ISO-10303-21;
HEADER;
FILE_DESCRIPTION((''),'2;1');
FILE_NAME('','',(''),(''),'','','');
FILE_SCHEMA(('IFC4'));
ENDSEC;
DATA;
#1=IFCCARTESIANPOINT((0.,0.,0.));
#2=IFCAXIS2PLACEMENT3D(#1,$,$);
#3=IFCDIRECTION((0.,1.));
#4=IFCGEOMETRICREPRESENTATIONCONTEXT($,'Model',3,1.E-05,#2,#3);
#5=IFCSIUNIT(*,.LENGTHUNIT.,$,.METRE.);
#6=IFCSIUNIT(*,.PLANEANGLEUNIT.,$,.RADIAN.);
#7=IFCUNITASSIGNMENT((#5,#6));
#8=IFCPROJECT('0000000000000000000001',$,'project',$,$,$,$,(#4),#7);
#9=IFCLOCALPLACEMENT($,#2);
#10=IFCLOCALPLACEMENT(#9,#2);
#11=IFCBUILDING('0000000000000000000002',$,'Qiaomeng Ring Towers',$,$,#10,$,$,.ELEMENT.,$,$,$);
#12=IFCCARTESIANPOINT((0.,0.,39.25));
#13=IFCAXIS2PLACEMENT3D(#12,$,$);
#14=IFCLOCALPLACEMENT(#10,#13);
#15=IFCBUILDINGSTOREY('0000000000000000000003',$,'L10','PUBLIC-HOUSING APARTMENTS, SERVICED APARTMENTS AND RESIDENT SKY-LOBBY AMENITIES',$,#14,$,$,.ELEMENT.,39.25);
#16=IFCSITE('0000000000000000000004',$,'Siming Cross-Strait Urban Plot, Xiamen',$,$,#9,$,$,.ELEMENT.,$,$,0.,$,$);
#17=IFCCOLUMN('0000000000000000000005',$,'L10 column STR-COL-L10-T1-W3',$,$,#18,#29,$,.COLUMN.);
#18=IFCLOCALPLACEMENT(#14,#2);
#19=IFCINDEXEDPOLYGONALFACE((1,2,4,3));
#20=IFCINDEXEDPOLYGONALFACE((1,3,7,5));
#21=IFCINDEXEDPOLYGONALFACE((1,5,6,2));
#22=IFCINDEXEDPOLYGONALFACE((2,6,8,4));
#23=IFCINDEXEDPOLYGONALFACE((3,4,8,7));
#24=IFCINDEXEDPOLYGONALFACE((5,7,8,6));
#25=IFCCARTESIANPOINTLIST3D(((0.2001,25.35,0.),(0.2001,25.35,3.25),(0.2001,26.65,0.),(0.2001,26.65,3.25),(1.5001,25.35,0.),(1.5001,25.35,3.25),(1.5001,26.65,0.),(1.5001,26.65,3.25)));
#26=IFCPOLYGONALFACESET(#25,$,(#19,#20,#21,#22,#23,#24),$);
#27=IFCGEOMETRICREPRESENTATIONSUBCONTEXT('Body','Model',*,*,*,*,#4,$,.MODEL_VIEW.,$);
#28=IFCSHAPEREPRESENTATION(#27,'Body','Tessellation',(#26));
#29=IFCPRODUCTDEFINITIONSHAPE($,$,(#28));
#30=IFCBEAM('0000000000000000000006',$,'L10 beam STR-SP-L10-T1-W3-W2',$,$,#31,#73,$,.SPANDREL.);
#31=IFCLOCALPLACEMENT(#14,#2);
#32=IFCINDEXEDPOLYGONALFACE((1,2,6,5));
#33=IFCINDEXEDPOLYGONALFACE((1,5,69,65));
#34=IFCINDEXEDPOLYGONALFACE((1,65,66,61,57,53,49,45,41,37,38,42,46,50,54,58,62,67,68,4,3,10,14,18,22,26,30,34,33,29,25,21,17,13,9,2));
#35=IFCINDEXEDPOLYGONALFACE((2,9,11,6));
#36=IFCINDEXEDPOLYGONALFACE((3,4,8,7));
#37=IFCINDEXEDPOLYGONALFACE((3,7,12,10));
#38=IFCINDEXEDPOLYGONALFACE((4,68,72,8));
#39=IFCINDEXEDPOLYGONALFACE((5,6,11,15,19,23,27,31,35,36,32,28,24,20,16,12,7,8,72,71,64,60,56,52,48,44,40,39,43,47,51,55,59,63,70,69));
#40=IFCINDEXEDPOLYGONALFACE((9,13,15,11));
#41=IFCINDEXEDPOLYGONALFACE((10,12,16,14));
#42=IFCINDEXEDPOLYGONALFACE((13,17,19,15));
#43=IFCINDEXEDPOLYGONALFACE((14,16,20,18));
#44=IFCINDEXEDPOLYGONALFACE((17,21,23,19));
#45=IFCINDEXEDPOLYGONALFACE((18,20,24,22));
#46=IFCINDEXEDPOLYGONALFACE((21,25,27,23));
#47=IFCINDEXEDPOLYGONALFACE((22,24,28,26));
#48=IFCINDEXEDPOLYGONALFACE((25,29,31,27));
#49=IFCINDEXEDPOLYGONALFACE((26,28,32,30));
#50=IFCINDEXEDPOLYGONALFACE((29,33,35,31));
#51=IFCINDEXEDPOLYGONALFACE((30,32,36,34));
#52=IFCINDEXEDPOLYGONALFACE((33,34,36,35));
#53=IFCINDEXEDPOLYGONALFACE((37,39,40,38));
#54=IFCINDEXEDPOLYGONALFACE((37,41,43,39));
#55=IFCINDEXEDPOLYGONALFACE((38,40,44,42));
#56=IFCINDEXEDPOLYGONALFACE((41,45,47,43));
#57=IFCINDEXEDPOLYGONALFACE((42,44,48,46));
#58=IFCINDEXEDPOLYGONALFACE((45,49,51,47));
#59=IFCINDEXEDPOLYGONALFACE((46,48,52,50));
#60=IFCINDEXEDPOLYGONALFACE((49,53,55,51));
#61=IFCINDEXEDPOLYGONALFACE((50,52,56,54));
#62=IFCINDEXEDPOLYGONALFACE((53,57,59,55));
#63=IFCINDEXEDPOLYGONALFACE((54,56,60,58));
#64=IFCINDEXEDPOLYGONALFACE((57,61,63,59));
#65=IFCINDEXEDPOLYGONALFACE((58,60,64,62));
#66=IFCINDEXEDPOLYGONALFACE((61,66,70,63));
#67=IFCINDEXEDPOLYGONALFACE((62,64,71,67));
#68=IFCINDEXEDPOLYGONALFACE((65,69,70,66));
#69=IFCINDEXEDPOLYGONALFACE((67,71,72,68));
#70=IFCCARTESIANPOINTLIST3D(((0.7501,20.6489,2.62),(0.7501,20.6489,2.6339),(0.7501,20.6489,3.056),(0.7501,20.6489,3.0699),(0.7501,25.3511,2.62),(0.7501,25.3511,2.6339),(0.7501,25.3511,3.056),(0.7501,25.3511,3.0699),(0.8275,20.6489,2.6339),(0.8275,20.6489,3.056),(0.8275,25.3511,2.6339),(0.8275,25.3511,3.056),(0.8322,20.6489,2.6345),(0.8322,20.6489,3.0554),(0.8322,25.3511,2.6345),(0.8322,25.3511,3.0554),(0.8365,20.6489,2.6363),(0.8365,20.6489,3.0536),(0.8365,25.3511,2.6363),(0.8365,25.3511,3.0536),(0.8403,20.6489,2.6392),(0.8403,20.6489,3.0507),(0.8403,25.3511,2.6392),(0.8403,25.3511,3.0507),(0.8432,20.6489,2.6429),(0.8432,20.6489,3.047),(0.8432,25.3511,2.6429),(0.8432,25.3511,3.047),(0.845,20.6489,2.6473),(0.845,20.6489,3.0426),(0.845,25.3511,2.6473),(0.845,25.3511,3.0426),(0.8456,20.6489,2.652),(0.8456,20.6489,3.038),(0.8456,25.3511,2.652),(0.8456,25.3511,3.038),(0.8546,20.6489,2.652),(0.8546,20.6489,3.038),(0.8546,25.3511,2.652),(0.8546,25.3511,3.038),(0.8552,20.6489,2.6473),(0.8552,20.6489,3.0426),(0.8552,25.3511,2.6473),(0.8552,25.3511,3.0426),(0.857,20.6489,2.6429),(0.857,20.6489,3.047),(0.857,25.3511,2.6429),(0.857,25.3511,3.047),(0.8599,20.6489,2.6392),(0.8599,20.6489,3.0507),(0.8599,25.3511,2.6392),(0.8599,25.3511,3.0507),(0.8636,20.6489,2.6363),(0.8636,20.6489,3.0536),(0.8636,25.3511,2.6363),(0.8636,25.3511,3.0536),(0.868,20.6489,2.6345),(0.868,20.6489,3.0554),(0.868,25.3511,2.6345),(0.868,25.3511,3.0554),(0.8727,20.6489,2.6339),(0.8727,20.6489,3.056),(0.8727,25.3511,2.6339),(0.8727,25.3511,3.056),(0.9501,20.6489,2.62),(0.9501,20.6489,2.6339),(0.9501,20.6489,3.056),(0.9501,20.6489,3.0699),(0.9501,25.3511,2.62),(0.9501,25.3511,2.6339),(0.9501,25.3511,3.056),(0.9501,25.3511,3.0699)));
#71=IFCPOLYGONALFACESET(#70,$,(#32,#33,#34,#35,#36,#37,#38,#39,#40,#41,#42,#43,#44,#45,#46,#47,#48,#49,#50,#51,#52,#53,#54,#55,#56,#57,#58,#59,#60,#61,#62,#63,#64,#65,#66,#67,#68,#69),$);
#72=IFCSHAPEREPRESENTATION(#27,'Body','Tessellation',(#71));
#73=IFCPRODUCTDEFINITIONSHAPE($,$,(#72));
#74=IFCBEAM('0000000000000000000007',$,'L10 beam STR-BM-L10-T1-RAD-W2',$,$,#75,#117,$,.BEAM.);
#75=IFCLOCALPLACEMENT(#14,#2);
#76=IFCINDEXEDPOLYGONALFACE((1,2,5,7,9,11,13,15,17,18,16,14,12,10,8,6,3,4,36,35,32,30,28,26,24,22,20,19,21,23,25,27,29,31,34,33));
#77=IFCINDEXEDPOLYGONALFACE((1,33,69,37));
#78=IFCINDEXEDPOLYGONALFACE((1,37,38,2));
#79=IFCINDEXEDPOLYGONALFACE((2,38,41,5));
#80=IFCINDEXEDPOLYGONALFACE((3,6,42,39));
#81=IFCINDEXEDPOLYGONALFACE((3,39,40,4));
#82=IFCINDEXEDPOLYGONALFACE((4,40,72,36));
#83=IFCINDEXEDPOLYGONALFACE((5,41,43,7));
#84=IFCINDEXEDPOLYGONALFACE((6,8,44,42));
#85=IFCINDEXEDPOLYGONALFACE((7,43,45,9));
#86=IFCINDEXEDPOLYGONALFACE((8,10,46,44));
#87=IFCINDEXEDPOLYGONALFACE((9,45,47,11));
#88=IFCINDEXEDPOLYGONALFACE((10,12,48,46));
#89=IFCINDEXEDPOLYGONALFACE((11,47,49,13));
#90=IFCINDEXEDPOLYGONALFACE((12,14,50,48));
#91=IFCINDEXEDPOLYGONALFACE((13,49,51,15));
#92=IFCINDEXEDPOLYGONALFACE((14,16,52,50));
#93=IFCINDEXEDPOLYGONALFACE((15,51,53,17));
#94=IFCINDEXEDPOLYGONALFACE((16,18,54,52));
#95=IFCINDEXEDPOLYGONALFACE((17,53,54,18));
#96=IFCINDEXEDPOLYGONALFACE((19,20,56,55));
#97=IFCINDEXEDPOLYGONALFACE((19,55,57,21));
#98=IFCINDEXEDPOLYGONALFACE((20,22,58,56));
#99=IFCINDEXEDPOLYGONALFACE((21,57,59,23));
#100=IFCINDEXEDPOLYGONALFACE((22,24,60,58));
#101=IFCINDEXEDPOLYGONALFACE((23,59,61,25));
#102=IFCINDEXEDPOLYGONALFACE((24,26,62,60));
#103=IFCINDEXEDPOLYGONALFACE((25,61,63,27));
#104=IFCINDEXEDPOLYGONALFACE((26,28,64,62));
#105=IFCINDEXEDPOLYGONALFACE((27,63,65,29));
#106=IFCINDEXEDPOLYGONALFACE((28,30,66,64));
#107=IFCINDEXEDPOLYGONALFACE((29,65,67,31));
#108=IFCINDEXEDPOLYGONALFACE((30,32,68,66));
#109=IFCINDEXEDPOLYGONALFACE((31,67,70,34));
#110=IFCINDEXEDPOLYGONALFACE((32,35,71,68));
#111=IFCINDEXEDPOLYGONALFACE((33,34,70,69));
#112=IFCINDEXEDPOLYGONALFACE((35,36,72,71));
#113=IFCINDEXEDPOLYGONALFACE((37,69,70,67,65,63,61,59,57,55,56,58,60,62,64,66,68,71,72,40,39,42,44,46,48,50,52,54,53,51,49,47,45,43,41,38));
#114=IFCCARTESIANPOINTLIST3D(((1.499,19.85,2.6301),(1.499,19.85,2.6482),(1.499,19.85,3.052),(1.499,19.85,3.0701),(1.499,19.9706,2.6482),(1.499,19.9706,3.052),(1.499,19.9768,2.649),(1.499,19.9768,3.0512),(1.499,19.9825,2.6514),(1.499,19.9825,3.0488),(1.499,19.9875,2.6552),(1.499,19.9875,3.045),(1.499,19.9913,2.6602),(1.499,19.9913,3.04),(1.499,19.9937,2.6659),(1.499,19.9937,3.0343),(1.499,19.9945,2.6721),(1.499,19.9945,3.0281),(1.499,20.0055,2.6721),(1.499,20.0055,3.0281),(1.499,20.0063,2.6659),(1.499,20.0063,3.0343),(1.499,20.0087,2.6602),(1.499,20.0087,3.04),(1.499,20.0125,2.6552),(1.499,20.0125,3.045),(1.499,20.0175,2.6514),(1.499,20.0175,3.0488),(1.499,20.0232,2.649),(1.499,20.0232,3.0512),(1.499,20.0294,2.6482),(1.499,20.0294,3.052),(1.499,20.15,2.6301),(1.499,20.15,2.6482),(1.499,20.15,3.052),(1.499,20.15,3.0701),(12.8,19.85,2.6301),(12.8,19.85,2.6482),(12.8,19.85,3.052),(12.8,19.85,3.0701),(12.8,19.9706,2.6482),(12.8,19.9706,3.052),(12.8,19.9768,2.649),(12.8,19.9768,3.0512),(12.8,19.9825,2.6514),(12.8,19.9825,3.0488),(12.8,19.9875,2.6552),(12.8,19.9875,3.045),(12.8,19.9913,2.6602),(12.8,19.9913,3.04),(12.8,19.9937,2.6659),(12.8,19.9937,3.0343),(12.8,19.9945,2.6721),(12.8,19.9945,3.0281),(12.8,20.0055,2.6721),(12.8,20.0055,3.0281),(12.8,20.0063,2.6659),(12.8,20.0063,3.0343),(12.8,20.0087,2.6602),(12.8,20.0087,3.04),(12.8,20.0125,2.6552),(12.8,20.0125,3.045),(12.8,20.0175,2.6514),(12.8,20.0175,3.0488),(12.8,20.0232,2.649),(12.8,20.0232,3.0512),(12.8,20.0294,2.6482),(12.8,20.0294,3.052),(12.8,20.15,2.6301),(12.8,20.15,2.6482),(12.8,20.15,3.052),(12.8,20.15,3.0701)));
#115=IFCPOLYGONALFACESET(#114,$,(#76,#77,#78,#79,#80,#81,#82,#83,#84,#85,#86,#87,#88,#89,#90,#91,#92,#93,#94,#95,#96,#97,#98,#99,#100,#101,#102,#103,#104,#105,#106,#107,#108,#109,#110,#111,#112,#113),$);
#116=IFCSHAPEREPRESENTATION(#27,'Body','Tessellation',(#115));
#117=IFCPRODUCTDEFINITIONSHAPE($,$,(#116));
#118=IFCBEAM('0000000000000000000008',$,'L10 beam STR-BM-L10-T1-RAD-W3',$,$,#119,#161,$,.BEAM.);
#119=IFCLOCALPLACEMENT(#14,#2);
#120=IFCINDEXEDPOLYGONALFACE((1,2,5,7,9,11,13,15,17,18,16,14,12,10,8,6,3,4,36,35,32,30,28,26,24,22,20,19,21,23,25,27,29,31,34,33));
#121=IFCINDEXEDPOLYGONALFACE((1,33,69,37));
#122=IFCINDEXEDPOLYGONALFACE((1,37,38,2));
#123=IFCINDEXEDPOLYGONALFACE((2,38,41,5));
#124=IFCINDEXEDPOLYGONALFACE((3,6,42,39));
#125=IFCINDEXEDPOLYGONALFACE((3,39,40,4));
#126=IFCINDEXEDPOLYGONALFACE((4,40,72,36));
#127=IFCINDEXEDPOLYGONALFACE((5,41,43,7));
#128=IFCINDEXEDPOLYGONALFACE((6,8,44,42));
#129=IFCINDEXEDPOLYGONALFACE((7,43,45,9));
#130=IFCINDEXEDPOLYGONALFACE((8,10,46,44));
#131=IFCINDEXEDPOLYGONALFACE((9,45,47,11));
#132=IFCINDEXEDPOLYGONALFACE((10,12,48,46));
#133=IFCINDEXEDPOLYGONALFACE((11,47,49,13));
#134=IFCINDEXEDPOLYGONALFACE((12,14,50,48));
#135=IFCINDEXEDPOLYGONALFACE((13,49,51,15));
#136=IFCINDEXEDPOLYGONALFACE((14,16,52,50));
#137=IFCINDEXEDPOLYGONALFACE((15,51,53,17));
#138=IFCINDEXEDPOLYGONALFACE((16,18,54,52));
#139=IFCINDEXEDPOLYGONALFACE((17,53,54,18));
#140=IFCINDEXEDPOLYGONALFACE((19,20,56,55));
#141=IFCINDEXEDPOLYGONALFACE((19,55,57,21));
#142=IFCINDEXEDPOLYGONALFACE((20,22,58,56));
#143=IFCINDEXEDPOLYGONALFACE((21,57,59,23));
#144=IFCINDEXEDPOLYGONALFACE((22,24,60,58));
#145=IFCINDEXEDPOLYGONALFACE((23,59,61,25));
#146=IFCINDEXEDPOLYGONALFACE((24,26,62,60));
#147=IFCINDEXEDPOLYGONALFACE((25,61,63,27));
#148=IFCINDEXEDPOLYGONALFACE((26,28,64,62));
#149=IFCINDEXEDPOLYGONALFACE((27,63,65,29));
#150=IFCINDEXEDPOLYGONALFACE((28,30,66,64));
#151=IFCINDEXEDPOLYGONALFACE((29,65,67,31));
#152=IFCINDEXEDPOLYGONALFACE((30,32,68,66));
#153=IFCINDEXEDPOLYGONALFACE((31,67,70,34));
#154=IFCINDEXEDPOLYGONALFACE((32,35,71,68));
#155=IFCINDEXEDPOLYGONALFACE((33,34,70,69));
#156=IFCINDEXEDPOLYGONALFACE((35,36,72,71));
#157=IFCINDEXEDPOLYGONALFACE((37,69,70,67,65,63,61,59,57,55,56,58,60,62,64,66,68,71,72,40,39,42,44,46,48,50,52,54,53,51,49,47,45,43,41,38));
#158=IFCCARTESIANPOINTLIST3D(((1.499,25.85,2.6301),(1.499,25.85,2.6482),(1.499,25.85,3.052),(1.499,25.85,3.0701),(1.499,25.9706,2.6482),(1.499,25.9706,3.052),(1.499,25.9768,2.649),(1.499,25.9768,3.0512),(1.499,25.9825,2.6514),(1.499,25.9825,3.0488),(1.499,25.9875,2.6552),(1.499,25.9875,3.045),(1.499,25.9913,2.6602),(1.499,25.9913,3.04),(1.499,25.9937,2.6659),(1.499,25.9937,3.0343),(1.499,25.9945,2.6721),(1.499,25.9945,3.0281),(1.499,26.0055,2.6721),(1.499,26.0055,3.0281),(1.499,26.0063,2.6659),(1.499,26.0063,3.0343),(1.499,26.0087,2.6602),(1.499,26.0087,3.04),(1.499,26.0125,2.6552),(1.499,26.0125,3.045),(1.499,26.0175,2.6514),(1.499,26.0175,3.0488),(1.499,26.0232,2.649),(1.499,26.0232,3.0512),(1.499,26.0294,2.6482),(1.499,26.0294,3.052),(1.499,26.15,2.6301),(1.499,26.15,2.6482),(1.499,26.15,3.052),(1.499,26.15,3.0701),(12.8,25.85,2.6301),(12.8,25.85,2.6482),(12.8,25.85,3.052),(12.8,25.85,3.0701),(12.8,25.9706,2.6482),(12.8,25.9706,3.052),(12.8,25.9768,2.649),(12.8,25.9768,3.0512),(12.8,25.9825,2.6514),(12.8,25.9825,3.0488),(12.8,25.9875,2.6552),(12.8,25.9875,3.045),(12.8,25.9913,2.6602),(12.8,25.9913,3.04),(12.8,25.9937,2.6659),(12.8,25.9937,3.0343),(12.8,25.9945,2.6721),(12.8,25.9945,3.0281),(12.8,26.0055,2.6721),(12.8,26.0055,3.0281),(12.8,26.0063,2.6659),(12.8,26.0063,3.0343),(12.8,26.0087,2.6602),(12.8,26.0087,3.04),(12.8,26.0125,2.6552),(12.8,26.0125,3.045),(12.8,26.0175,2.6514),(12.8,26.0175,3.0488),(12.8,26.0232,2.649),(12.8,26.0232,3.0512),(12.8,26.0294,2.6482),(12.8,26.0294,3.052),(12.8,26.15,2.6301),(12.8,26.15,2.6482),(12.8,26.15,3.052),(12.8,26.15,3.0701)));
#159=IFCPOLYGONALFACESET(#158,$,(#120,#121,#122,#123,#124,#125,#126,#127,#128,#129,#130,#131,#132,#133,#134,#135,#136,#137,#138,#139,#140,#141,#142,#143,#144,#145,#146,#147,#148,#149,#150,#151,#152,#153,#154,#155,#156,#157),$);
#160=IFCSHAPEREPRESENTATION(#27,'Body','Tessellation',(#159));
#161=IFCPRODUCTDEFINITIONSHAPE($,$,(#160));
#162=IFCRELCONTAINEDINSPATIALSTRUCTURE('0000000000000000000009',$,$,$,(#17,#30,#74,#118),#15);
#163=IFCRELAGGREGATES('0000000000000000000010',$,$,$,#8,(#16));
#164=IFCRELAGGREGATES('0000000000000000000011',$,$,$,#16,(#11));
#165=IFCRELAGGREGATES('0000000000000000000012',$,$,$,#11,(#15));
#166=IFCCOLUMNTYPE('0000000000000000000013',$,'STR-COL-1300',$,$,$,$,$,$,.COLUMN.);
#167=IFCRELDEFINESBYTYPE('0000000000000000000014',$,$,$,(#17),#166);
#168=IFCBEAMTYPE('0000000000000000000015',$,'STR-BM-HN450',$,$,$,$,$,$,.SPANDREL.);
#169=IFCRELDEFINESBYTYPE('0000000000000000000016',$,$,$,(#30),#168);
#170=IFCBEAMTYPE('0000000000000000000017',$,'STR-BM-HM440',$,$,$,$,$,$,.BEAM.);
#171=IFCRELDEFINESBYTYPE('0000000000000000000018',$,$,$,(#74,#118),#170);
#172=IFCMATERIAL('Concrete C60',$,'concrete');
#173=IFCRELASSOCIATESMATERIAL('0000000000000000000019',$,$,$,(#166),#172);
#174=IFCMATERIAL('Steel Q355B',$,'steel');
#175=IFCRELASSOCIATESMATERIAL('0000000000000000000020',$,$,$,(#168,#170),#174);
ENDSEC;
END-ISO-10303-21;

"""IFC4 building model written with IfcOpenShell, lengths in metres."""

from ifc_helpers import new_model, si_unit, direction, frame, origin, origin_2d, place, context, subcontext, project, spatial, rectangle, i_section, extrude, source, transform, mapped, material, material_profile, profile_set, type_object, element, save


model = new_model("IFC4")

# Units and contexts
model_context = context("Model", 3, precision=1e-05, world=origin(), true_north=direction((0.0, 1.0)))
body_context = subcontext(model_context, "Body", "Model", "MODEL_VIEW")
ifc_project = project(units=[si_unit("LENGTHUNIT", "METRE"), si_unit("PLANEANGLEUNIT", "RADIAN")], contexts=[model_context])

# Site, building, storey
site_placement = place(None, origin())
site = spatial("IfcSite", under=ifc_project, at=site_placement, Name="Siming Cross-Strait Urban Plot, Xiamen", CompositionType="ELEMENT", RefElevation=0.0)
building_placement = place(site_placement, origin())
building = spatial("IfcBuilding", under=site, at=building_placement, Name="Qiaomeng Ring Towers", CompositionType="ELEMENT")
storey_placement = place(building_placement, frame((0.0, 0.0, 39.25)))
storey = spatial("IfcBuildingStorey", under=building, at=storey_placement, Name="L10", Description="PUBLIC-HOUSING APARTMENTS, SERVICED APARTMENTS AND RESIDENT SKY-LOBBY AMENITIES", CompositionType="ELEMENT", Elevation=39.25)

# Column
ifc_material_1 = material(Name="Concrete C60", Category="concrete")
ifc_material_profile_1 = material_profile(ifc_material_1, rectangle(XDim=1.3, YDim=1.3, at=origin_2d()), Name="RC COL 1300x1300")
ifc_profile_set_1 = profile_set([ifc_material_profile_1], Name="Concrete C60")
column_type = type_object("IfcColumnType", Name="STR-COL-1300", PredefinedType="COLUMN", material=ifc_profile_set_1)
shared_shape_1 = source(origin(), body_context, "Body", "SweptSolid", [
    extrude(rectangle(XDim=1.3, YDim=1.3, at=origin_2d()), origin(), (0.0, 0.0, 1.0), 3.25),
])
column_placement = place(storey_placement, frame((0.8501, 26.0, 0.0), z_axis=(0.0, 0.0, 1.0), x_axis=(1.0, 0.0, 0.0)))
element("IfcColumn", 1, at=column_placement, inside=storey, type_object=column_type, Name="L10 column STR-COL-L10-T1-W3", PredefinedType="COLUMN", context=body_context, shape_type="MappedRepresentation", body=[
    mapped(shared_shape_1, transform((0.0, 0.0, 0.0), x_axis=(1.0, 0.0, 0.0), y_axis=(0.0, 1.0, 0.0), z_axis=(0.0, 0.0, 1.0), scale=1.0)),
])

# Beams
ifc_material_2 = material(Name="Steel Q355B", Category="steel")
ifc_material_profile_2 = material_profile(ifc_material_2, i_section(OverallWidth=0.2, OverallDepth=0.45, WebThickness=0.009, FlangeThickness=0.0139, FilletRadius=0.0181, at=origin_2d()), Name="HN 450x200x9x14")
ifc_profile_set_2 = profile_set([ifc_material_profile_2], Name="Steel Q355B")
beam_type_1 = type_object("IfcBeamType", Name="STR-BM-HN450", PredefinedType="SPANDREL", material=ifc_profile_set_2)
shared_shape_2 = source(origin(), body_context, "Body", "SweptSolid", [
    extrude(i_section(OverallWidth=0.2, OverallDepth=0.45, WebThickness=0.009, FlangeThickness=0.0139, FilletRadius=0.0181, at=origin_2d()), origin(), (0.0, 0.0, 1.0), 4.7021),
])
beam_1_placement = place(storey_placement, frame((0.8501, 25.3511, 2.845), z_axis=(0.0, -1.0, 0.0), x_axis=(1.0, 0.0, 0.0)))
element("IfcBeam", 2, at=beam_1_placement, inside=storey, type_object=beam_type_1, Name="L10 beam STR-SP-L10-T1-W3-W2", PredefinedType="SPANDREL", context=body_context, shape_type="MappedRepresentation", body=[
    mapped(shared_shape_2, transform((0.0, 0.0, 0.0), x_axis=(1.0, 0.0, 0.0), y_axis=(0.0, 1.0, 0.0), z_axis=(0.0, 0.0, 1.0), scale=1.0)),
])
ifc_material_profile_3 = material_profile(ifc_material_2, i_section(OverallWidth=0.3, OverallDepth=0.4399, WebThickness=0.011, FlangeThickness=0.0181, FilletRadius=0.0239, at=origin_2d()), Name="HM 440x300x11x18")
ifc_profile_set_3 = profile_set([ifc_material_profile_3], Name="Steel Q355B")
beam_type_2 = type_object("IfcBeamType", Name="STR-BM-HM440", PredefinedType="BEAM", material=ifc_profile_set_3)
shared_shape_3 = source(origin(), body_context, "Body", "SweptSolid", [
    extrude(i_section(OverallWidth=0.3, OverallDepth=0.4399, WebThickness=0.011, FlangeThickness=0.0181, FilletRadius=0.0239, at=origin_2d()), origin(), (0.0, 0.0, 1.0), 11.301),
])
for number, where, z_axis, x_axis, name in (
    (3, (1.499, 20.0, 2.8501), (1.0, 0.0, 0.0), (0.0, 1.0, 0.0), "L10 beam STR-BM-L10-T1-RAD-W2"),
    (4, (1.499, 26.0, 2.8501), (1.0, 0.0, 0.0), (0.0, 1.0, 0.0), "L10 beam STR-BM-L10-T1-RAD-W3"),
):
    element("IfcBeam", number, at=place(storey_placement, frame(where, z_axis=z_axis, x_axis=x_axis)), inside=storey, type_object=beam_type_2, Name=name, PredefinedType="BEAM", context=body_context, shape_type="MappedRepresentation", body=[
        mapped(shared_shape_3, transform((0.0, 0.0, 0.0), x_axis=(1.0, 0.0, 0.0), y_axis=(0.0, 1.0, 0.0), z_axis=(0.0, 0.0, 1.0), scale=1.0)),
    ])

save(model, "model.ifc")
